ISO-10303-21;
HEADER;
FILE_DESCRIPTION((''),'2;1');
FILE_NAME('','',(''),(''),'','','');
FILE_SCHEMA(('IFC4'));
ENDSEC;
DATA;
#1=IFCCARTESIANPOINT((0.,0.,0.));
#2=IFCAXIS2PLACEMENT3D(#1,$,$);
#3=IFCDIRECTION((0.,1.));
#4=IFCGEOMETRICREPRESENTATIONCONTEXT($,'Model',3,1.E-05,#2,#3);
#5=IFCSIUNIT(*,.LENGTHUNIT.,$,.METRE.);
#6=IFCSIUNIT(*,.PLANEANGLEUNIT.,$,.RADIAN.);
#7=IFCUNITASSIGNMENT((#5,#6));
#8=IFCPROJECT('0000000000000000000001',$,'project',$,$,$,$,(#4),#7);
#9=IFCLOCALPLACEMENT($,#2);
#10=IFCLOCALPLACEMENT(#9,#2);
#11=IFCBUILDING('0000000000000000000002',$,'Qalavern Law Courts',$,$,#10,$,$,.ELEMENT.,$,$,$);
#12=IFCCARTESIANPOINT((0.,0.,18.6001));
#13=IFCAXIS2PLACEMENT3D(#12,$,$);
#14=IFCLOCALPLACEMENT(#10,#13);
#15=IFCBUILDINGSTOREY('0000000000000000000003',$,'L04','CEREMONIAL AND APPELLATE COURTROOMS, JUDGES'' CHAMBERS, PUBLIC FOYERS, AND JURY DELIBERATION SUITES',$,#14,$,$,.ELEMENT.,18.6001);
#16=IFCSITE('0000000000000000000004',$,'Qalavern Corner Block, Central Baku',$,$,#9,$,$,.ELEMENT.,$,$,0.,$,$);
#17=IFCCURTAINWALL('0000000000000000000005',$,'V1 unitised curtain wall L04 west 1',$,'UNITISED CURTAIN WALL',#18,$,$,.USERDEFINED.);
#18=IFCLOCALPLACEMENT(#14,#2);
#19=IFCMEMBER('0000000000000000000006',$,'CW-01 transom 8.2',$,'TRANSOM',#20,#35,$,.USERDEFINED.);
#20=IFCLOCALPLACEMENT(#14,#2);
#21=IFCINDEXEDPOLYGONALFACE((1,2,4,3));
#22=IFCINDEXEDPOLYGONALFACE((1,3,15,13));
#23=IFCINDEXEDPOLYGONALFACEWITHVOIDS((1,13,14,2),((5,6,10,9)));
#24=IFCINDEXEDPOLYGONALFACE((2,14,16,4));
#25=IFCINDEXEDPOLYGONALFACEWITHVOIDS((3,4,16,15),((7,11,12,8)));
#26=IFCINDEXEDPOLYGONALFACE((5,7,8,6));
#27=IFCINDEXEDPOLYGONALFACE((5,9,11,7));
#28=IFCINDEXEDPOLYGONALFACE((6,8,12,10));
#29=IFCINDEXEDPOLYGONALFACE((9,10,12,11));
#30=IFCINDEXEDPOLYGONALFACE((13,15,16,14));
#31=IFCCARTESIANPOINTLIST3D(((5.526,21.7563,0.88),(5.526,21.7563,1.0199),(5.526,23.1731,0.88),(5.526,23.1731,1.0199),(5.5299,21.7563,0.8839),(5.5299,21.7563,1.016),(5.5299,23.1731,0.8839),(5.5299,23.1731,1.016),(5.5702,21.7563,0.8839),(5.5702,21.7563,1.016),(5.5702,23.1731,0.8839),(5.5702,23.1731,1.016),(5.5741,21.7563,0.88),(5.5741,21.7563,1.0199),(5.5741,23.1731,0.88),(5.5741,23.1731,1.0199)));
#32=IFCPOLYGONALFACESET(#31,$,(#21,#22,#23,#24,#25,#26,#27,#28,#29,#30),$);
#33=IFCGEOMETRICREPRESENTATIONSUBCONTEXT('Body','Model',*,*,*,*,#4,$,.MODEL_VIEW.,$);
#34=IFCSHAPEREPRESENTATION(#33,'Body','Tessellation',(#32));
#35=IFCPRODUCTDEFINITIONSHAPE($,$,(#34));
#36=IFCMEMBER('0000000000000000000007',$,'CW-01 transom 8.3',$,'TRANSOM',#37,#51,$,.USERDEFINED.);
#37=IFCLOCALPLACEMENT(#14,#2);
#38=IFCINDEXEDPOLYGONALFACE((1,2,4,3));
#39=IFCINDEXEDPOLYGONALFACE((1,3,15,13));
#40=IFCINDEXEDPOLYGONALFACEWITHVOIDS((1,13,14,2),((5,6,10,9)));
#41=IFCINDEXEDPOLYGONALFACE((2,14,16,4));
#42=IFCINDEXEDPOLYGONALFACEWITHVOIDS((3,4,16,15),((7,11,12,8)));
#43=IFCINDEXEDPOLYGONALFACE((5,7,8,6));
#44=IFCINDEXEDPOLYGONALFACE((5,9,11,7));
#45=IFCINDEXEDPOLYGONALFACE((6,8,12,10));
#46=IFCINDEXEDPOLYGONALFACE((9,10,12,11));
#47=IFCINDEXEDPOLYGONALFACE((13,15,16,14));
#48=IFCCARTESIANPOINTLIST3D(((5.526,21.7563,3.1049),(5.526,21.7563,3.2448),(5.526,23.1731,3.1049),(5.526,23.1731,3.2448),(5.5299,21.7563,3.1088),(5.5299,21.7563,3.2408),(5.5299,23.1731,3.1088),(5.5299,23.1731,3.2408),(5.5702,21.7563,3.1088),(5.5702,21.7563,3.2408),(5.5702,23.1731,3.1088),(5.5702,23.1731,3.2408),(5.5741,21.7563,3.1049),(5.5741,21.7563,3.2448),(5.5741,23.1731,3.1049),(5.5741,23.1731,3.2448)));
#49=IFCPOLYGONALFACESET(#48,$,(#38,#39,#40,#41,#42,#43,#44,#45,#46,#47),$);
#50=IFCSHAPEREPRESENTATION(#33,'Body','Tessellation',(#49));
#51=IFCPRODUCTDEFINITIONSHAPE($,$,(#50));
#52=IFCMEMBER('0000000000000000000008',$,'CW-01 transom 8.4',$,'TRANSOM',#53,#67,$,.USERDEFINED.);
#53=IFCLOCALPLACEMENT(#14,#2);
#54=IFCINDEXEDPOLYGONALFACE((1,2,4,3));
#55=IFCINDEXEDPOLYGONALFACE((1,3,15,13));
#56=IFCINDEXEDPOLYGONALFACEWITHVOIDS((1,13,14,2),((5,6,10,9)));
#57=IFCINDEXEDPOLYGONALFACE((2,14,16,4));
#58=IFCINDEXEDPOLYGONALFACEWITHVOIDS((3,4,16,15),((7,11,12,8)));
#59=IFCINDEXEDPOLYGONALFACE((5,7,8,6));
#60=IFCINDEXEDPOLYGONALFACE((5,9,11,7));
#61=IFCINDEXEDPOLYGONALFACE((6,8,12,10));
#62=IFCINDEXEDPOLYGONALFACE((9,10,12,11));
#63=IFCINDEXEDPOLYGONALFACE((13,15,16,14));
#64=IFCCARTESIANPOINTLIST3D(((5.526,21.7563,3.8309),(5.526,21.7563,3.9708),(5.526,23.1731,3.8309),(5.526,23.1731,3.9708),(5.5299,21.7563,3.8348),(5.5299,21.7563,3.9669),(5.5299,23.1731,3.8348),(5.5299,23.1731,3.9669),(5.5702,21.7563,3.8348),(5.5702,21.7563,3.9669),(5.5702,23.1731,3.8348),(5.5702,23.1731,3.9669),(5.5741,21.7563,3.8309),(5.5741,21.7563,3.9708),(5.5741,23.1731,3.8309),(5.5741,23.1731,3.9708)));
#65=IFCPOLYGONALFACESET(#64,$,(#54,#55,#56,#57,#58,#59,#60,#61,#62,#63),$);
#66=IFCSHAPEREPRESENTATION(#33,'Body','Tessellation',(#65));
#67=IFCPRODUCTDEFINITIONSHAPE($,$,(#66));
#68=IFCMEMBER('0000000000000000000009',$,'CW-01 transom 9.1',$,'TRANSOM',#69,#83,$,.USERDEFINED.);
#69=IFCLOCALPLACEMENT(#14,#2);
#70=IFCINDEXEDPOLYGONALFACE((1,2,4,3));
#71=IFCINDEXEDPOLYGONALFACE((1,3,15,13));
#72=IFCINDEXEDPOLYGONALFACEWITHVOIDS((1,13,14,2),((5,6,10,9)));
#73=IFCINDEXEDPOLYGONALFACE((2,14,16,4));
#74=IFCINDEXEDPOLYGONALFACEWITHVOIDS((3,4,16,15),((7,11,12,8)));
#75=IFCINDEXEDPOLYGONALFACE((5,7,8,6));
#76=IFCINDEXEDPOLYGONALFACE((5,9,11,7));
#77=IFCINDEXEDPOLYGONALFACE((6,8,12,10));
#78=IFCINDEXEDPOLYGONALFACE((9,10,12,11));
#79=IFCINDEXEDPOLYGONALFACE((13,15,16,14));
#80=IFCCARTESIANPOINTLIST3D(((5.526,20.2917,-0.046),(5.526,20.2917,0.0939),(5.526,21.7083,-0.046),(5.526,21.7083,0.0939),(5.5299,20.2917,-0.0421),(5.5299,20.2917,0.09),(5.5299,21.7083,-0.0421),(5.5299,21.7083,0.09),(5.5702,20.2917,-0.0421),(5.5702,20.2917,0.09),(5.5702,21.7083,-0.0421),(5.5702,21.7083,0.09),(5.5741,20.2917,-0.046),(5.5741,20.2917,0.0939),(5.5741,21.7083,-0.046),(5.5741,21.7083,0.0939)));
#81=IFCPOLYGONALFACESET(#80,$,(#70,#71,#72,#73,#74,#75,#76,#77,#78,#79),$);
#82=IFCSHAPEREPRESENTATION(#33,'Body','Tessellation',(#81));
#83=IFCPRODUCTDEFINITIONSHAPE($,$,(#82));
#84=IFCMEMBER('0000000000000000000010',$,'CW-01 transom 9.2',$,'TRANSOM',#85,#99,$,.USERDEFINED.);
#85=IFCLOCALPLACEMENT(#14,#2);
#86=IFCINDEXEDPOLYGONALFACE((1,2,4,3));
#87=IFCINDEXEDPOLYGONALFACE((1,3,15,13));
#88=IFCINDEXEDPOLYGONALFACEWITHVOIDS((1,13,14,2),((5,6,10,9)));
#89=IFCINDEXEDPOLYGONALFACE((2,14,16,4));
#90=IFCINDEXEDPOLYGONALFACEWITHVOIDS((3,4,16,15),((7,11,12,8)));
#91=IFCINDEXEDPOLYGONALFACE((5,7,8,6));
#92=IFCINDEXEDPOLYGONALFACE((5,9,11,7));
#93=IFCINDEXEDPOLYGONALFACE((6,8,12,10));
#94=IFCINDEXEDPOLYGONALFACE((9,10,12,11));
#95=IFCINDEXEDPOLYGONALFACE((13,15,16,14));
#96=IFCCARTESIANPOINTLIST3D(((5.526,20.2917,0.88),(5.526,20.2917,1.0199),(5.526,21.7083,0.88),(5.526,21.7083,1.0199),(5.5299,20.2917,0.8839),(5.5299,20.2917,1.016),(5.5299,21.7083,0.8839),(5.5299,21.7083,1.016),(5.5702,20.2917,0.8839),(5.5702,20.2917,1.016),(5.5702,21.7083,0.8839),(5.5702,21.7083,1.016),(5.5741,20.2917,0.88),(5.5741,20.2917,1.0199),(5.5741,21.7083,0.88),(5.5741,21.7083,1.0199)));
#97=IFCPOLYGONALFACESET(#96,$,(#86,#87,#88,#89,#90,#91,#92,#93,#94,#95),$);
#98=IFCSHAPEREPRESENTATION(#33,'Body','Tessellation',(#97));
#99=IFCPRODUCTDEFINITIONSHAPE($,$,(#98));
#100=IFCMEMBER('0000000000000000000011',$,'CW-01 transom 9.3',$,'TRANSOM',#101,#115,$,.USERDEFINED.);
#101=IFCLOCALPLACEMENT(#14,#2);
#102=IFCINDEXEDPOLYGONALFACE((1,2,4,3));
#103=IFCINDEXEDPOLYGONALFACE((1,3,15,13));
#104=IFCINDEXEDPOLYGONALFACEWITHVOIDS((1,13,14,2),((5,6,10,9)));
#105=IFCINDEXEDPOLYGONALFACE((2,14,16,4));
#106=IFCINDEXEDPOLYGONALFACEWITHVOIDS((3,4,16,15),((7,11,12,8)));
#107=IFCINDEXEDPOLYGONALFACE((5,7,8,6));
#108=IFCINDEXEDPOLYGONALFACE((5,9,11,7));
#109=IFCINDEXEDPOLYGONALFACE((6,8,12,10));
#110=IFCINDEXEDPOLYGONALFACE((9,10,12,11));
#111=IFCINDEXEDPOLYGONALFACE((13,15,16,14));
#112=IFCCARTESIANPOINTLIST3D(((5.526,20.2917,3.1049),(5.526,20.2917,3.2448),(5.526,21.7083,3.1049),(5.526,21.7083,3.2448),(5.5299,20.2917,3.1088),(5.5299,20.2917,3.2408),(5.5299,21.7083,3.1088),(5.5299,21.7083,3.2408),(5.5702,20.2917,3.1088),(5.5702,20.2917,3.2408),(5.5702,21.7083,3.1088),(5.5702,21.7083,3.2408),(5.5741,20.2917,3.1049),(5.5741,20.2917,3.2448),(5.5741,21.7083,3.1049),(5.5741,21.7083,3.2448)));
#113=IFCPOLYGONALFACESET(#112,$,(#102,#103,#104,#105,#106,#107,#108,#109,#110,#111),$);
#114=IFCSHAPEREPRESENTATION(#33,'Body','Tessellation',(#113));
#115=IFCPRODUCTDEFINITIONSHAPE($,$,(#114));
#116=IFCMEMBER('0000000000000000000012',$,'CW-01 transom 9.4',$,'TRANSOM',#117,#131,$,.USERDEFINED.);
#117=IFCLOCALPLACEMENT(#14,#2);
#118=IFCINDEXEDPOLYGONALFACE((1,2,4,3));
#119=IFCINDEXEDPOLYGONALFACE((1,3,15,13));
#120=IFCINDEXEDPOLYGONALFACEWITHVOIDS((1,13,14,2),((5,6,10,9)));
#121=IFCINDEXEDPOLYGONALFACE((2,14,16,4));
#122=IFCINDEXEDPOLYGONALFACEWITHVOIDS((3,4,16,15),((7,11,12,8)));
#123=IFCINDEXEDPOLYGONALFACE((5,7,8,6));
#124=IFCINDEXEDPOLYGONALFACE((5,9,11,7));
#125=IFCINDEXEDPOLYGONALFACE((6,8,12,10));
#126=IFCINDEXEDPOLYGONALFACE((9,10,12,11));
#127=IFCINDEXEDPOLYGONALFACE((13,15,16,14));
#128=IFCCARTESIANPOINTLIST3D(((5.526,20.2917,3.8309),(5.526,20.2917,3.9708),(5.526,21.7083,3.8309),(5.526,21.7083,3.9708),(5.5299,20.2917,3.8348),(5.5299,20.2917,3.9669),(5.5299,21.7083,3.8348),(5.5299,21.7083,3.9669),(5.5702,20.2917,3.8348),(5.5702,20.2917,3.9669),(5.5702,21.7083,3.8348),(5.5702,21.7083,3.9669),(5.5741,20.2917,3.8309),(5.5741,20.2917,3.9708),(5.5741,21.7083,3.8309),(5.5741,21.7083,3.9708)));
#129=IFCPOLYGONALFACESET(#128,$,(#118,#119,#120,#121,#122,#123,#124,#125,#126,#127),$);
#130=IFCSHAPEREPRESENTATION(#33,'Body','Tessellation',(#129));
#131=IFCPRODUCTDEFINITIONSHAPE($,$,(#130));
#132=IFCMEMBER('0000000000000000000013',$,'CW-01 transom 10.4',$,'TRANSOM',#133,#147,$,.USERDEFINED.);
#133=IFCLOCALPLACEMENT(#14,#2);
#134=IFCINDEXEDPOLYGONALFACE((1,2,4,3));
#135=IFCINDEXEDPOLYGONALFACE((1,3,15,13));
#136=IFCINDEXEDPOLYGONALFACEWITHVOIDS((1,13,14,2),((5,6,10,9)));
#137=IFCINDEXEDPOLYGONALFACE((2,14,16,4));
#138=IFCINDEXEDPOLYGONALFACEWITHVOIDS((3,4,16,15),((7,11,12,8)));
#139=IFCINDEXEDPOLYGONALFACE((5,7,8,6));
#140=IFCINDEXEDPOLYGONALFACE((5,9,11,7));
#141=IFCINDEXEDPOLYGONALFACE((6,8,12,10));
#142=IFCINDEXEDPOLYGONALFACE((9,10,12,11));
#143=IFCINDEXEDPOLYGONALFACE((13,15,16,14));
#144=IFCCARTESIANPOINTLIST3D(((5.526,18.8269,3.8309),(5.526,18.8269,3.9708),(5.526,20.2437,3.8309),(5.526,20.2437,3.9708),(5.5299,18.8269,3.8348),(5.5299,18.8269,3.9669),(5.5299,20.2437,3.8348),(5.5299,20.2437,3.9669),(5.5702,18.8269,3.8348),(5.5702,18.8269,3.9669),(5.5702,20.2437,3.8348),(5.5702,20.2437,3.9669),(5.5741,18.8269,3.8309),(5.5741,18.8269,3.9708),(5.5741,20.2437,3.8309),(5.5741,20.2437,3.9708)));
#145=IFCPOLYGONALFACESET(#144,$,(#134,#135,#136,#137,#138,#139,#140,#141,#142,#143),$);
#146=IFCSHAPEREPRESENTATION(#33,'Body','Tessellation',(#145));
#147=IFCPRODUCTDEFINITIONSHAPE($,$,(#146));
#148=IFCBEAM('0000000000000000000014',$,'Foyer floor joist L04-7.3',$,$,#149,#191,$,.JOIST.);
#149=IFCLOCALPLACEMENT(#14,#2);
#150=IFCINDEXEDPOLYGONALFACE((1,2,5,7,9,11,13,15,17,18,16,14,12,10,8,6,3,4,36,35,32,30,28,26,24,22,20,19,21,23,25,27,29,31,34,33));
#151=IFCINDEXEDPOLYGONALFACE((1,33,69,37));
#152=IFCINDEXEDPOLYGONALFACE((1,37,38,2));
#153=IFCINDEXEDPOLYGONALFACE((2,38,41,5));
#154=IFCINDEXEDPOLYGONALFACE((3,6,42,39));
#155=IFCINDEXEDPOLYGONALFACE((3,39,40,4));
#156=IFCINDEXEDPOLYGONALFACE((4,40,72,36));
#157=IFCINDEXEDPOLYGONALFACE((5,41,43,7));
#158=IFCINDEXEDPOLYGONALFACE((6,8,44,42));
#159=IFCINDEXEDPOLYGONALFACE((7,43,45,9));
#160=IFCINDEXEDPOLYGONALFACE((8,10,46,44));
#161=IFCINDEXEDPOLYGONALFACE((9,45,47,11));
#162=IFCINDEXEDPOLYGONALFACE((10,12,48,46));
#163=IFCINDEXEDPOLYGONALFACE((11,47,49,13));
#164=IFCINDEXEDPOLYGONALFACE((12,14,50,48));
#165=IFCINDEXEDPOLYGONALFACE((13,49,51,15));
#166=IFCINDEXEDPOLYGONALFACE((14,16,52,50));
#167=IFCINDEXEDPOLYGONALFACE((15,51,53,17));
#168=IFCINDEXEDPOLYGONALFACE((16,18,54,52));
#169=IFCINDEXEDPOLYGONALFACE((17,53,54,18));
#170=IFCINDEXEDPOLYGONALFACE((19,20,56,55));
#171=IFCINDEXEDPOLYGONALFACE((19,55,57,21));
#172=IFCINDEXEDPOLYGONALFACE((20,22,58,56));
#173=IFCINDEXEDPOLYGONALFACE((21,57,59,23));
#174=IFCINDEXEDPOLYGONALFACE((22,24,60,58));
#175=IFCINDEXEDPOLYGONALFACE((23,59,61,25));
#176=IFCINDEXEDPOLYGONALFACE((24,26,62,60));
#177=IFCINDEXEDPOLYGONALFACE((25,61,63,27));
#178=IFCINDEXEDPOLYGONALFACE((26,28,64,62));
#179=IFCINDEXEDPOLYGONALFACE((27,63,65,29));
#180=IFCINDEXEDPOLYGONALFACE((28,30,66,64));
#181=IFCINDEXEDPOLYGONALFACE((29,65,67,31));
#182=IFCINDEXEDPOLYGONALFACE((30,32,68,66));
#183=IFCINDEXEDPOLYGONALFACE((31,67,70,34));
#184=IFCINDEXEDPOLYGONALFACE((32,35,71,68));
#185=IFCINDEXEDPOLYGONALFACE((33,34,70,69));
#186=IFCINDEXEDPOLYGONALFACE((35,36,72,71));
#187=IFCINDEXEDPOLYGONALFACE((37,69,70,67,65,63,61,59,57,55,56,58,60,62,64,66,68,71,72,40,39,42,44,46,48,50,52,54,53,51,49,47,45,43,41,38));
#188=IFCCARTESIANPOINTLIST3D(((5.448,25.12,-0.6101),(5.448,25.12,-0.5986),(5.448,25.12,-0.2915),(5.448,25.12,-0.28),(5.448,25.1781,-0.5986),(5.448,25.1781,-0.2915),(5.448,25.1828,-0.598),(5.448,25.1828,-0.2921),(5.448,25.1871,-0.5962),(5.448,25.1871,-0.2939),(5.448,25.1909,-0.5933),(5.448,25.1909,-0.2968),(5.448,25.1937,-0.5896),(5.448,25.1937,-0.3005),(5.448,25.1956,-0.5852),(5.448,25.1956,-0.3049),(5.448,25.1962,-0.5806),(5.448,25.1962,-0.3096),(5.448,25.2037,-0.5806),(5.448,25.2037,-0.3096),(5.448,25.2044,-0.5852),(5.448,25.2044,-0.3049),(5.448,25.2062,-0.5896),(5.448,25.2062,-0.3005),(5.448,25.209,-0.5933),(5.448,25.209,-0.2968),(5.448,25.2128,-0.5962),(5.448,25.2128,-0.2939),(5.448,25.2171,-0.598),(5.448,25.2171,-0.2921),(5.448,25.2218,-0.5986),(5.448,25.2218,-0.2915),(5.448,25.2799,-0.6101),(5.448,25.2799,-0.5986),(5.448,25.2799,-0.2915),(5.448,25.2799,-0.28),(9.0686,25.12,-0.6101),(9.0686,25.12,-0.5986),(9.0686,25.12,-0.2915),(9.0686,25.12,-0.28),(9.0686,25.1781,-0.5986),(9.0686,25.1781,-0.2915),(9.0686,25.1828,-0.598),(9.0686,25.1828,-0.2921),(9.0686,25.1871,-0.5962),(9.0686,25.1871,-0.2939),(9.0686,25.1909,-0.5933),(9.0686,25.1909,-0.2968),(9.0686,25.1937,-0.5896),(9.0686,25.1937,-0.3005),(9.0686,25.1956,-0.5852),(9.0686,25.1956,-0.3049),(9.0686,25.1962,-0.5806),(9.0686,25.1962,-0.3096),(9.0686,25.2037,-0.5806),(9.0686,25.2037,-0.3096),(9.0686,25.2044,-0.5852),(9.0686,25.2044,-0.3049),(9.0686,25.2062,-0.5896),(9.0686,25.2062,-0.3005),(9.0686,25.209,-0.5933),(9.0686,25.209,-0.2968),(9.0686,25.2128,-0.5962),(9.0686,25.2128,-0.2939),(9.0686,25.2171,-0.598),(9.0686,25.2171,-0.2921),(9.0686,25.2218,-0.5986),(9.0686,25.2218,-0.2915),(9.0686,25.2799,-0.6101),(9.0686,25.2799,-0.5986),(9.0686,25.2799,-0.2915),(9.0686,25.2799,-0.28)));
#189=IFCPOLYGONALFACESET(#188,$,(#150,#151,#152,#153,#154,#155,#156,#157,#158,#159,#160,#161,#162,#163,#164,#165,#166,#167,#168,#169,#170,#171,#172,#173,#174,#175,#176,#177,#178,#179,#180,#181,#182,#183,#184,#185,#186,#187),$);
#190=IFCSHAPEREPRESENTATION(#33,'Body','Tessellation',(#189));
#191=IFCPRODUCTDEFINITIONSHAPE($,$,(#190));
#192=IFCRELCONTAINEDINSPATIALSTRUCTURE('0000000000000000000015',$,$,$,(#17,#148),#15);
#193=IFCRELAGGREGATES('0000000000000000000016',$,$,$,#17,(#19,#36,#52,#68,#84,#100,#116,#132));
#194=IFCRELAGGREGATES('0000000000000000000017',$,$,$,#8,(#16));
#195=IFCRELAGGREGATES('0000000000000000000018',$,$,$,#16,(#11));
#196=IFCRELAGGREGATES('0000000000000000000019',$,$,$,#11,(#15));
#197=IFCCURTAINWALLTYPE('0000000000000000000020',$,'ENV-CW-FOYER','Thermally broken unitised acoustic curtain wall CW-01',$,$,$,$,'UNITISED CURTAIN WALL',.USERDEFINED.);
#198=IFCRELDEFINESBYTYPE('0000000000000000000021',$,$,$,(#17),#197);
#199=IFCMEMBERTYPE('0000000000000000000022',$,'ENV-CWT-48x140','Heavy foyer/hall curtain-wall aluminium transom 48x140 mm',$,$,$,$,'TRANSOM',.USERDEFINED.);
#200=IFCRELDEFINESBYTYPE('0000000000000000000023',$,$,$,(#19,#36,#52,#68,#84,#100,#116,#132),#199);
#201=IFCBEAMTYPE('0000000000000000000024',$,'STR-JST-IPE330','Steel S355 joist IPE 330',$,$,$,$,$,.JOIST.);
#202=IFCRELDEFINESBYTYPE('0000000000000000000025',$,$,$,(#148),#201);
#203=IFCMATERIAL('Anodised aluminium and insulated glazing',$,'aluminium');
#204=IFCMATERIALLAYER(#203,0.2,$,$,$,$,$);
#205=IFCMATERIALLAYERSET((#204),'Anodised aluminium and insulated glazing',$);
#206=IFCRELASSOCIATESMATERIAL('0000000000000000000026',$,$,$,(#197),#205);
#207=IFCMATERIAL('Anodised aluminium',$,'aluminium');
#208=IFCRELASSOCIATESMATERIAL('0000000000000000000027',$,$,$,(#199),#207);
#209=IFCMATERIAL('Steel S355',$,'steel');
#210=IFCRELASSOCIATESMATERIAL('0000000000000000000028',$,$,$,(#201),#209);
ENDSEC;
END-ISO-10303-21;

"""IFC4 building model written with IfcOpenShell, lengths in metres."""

from ifc_helpers import new_model, si_unit, direction, frame, origin, origin_2d, place, context, subcontext, project, spatial, hollow_rectangle, i_section, extrude, material, layer, layer_set, material_profile, profile_set, type_object, element, aggregate, save


model = new_model("IFC4")

# Units and contexts
model_context = context("Model", 3, precision=1e-05, world=origin(), true_north=direction((0.0, 1.0)))
body_context = subcontext(model_context, "Body", "Model", "MODEL_VIEW")
ifc_project = project(units=[si_unit("LENGTHUNIT", "METRE"), si_unit("PLANEANGLEUNIT", "RADIAN")], contexts=[model_context])

# Site, building, storey
site_placement = place(None, origin())
site = spatial("IfcSite", under=ifc_project, at=site_placement, Name="Qalavern Corner Block, Central Baku", CompositionType="ELEMENT", RefElevation=0.0)
building_placement = place(site_placement, origin())
building = spatial("IfcBuilding", under=site, at=building_placement, Name="Qalavern Law Courts", CompositionType="ELEMENT")
storey_placement = place(building_placement, frame((0.0, 0.0, 18.6001)))
storey = spatial("IfcBuildingStorey", under=building, at=storey_placement, Name="L04", Description="CEREMONIAL AND APPELLATE COURTROOMS, JUDGES' CHAMBERS, PUBLIC FOYERS, AND JURY DELIBERATION SUITES", CompositionType="ELEMENT", Elevation=18.6001)

# Curtain wall, members
ifc_material_1 = material(Name="Anodised aluminium and insulated glazing", Category="aluminium")
ifc_layer_1 = layer(ifc_material_1, 0.2)
ifc_layer_set_1 = layer_set([ifc_layer_1], Name="Anodised aluminium and insulated glazing")
curtain_wall_type = type_object("IfcCurtainWallType", Name="ENV-CW-FOYER", Description="Thermally broken unitised acoustic curtain wall CW-01", ElementType="UNITISED CURTAIN WALL", PredefinedType="USERDEFINED", material=ifc_layer_set_1)
curtain_wall_placement = place(storey_placement, origin())
curtain_wall = element("IfcCurtainWall", 1, at=curtain_wall_placement, inside=storey, type_object=curtain_wall_type, Name="V1 unitised curtain wall L04 west 1", ObjectType="UNITISED CURTAIN WALL", PredefinedType="USERDEFINED")
ifc_material_2 = material(Name="Anodised aluminium", Category="aluminium")
ifc_material_profile_1 = material_profile(ifc_material_2, hollow_rectangle(XDim=0.0481, YDim=0.1399, WallThickness=0.0039, at=origin_2d()), Name="ALU TRANSOM 48x140")
ifc_profile_set_1 = profile_set([ifc_material_profile_1], Name="Anodised aluminium")
member_type_1 = type_object("IfcMemberType", Name="ENV-CWT-48x140", Description="Heavy foyer/hall curtain-wall aluminium transom 48x140 mm", ElementType="TRANSOM", PredefinedType="USERDEFINED", material=ifc_profile_set_1)
member_1_placement = place(storey_placement, frame((5.55, 23.1731, 0.95), z_axis=(0.0, -1.0, 0.0), x_axis=(1.0, 0.0, 0.0)))
member_1 = element("IfcMember", 2, at=member_1_placement, type_object=member_type_1, Name="CW-01 transom 8.2", ObjectType="TRANSOM", PredefinedType="USERDEFINED", context=body_context, shape_type="SweptSolid", body=[
    extrude(hollow_rectangle(XDim=0.0481, YDim=0.1399, WallThickness=0.0039, at=origin_2d()), origin(), (0.0, 0.0, 1.0), 1.4167),
])
member_2_placement = place(storey_placement, frame((5.55, 23.1731, 3.1748), z_axis=(0.0, -1.0, 0.0), x_axis=(1.0, 0.0, 0.0)))
member_2 = element("IfcMember", 3, at=member_2_placement, type_object=member_type_1, Name="CW-01 transom 8.3", ObjectType="TRANSOM", PredefinedType="USERDEFINED", context=body_context, shape_type="SweptSolid", body=[
    extrude(hollow_rectangle(XDim=0.0481, YDim=0.1399, WallThickness=0.0039, at=origin_2d()), origin(), (0.0, 0.0, 1.0), 1.4167),
])
member_3_placement = place(storey_placement, frame((5.55, 23.1731, 3.9009), z_axis=(0.0, -1.0, 0.0), x_axis=(1.0, 0.0, 0.0)))
member_3 = element("IfcMember", 4, at=member_3_placement, type_object=member_type_1, Name="CW-01 transom 8.4", ObjectType="TRANSOM", PredefinedType="USERDEFINED", context=body_context, shape_type="SweptSolid", body=[
    extrude(hollow_rectangle(XDim=0.0481, YDim=0.1399, WallThickness=0.0039, at=origin_2d()), origin(), (0.0, 0.0, 1.0), 1.4167),
])
member_4_placement = place(storey_placement, frame((5.55, 21.7083, 0.0239), z_axis=(0.0, -1.0, 0.0), x_axis=(1.0, 0.0, 0.0)))
member_4 = element("IfcMember", 5, at=member_4_placement, type_object=member_type_1, Name="CW-01 transom 9.1", ObjectType="TRANSOM", PredefinedType="USERDEFINED", context=body_context, shape_type="SweptSolid", body=[
    extrude(hollow_rectangle(XDim=0.0481, YDim=0.1399, WallThickness=0.0039, at=origin_2d()), origin(), (0.0, 0.0, 1.0), 1.4165),
])
member_5_placement = place(storey_placement, frame((5.55, 21.7083, 0.95), z_axis=(0.0, -1.0, 0.0), x_axis=(1.0, 0.0, 0.0)))
member_5 = element("IfcMember", 6, at=member_5_placement, type_object=member_type_1, Name="CW-01 transom 9.2", ObjectType="TRANSOM", PredefinedType="USERDEFINED", context=body_context, shape_type="SweptSolid", body=[
    extrude(hollow_rectangle(XDim=0.0481, YDim=0.1399, WallThickness=0.0039, at=origin_2d()), origin(), (0.0, 0.0, 1.0), 1.4165),
])
member_6_placement = place(storey_placement, frame((5.55, 21.7083, 3.1748), z_axis=(0.0, -1.0, 0.0), x_axis=(1.0, 0.0, 0.0)))
member_6 = element("IfcMember", 7, at=member_6_placement, type_object=member_type_1, Name="CW-01 transom 9.3", ObjectType="TRANSOM", PredefinedType="USERDEFINED", context=body_context, shape_type="SweptSolid", body=[
    extrude(hollow_rectangle(XDim=0.0481, YDim=0.1399, WallThickness=0.0039, at=origin_2d()), origin(), (0.0, 0.0, 1.0), 1.4165),
])
member_7_placement = place(storey_placement, frame((5.55, 21.7083, 3.9009), z_axis=(0.0, -1.0, 0.0), x_axis=(1.0, 0.0, 0.0)))
member_7 = element("IfcMember", 8, at=member_7_placement, type_object=member_type_1, Name="CW-01 transom 9.4", ObjectType="TRANSOM", PredefinedType="USERDEFINED", context=body_context, shape_type="SweptSolid", body=[
    extrude(hollow_rectangle(XDim=0.0481, YDim=0.1399, WallThickness=0.0039, at=origin_2d()), origin(), (0.0, 0.0, 1.0), 1.4165),
])
member_8_placement = place(storey_placement, frame((5.55, 20.2437, 3.9009), z_axis=(0.0, -1.0, 0.0), x_axis=(1.0, 0.0, 0.0)))
member_8 = element("IfcMember", 9, at=member_8_placement, type_object=member_type_1, Name="CW-01 transom 10.4", ObjectType="TRANSOM", PredefinedType="USERDEFINED", context=body_context, shape_type="SweptSolid", body=[
    extrude(hollow_rectangle(XDim=0.0481, YDim=0.1399, WallThickness=0.0039, at=origin_2d()), origin(), (0.0, 0.0, 1.0), 1.4167),
])

# Beam
ifc_material_3 = material(Name="Steel S355", Category="steel")
ifc_material_profile_2 = material_profile(ifc_material_3, i_section(OverallWidth=0.1599, OverallDepth=0.3301, WebThickness=0.0076, FlangeThickness=0.0115, FilletRadius=0.0181, at=origin_2d()), Name="IPE 330")
ifc_profile_set_2 = profile_set([ifc_material_profile_2], Name="Steel S355")
beam_type_1 = type_object("IfcBeamType", Name="STR-JST-IPE330", Description="Steel S355 joist IPE 330", PredefinedType="JOIST", material=ifc_profile_set_2)
for number, where, z_axis, x_axis, name in (
    (10, (5.448, 25.2, -0.4451), (1.0, 0.0, 0.0), (0.0, 1.0, 0.0), "Foyer floor joist L04-7.3"),
):
    element("IfcBeam", number, at=place(storey_placement, frame(where, z_axis=z_axis, x_axis=x_axis)), inside=storey, type_object=beam_type_1, Name=name, PredefinedType="JOIST", context=body_context, shape_type="SweptSolid", body=[
        extrude(i_section(OverallWidth=0.1599, OverallDepth=0.3301, WebThickness=0.0076, FlangeThickness=0.0115, FilletRadius=0.0181, at=origin_2d()), origin(), (0.0, 0.0, 1.0), 3.6206),
    ])

aggregate(curtain_wall, [member_1, member_2, member_3, member_4, member_5, member_6, member_7, member_8])

save(model, "model.ifc")
